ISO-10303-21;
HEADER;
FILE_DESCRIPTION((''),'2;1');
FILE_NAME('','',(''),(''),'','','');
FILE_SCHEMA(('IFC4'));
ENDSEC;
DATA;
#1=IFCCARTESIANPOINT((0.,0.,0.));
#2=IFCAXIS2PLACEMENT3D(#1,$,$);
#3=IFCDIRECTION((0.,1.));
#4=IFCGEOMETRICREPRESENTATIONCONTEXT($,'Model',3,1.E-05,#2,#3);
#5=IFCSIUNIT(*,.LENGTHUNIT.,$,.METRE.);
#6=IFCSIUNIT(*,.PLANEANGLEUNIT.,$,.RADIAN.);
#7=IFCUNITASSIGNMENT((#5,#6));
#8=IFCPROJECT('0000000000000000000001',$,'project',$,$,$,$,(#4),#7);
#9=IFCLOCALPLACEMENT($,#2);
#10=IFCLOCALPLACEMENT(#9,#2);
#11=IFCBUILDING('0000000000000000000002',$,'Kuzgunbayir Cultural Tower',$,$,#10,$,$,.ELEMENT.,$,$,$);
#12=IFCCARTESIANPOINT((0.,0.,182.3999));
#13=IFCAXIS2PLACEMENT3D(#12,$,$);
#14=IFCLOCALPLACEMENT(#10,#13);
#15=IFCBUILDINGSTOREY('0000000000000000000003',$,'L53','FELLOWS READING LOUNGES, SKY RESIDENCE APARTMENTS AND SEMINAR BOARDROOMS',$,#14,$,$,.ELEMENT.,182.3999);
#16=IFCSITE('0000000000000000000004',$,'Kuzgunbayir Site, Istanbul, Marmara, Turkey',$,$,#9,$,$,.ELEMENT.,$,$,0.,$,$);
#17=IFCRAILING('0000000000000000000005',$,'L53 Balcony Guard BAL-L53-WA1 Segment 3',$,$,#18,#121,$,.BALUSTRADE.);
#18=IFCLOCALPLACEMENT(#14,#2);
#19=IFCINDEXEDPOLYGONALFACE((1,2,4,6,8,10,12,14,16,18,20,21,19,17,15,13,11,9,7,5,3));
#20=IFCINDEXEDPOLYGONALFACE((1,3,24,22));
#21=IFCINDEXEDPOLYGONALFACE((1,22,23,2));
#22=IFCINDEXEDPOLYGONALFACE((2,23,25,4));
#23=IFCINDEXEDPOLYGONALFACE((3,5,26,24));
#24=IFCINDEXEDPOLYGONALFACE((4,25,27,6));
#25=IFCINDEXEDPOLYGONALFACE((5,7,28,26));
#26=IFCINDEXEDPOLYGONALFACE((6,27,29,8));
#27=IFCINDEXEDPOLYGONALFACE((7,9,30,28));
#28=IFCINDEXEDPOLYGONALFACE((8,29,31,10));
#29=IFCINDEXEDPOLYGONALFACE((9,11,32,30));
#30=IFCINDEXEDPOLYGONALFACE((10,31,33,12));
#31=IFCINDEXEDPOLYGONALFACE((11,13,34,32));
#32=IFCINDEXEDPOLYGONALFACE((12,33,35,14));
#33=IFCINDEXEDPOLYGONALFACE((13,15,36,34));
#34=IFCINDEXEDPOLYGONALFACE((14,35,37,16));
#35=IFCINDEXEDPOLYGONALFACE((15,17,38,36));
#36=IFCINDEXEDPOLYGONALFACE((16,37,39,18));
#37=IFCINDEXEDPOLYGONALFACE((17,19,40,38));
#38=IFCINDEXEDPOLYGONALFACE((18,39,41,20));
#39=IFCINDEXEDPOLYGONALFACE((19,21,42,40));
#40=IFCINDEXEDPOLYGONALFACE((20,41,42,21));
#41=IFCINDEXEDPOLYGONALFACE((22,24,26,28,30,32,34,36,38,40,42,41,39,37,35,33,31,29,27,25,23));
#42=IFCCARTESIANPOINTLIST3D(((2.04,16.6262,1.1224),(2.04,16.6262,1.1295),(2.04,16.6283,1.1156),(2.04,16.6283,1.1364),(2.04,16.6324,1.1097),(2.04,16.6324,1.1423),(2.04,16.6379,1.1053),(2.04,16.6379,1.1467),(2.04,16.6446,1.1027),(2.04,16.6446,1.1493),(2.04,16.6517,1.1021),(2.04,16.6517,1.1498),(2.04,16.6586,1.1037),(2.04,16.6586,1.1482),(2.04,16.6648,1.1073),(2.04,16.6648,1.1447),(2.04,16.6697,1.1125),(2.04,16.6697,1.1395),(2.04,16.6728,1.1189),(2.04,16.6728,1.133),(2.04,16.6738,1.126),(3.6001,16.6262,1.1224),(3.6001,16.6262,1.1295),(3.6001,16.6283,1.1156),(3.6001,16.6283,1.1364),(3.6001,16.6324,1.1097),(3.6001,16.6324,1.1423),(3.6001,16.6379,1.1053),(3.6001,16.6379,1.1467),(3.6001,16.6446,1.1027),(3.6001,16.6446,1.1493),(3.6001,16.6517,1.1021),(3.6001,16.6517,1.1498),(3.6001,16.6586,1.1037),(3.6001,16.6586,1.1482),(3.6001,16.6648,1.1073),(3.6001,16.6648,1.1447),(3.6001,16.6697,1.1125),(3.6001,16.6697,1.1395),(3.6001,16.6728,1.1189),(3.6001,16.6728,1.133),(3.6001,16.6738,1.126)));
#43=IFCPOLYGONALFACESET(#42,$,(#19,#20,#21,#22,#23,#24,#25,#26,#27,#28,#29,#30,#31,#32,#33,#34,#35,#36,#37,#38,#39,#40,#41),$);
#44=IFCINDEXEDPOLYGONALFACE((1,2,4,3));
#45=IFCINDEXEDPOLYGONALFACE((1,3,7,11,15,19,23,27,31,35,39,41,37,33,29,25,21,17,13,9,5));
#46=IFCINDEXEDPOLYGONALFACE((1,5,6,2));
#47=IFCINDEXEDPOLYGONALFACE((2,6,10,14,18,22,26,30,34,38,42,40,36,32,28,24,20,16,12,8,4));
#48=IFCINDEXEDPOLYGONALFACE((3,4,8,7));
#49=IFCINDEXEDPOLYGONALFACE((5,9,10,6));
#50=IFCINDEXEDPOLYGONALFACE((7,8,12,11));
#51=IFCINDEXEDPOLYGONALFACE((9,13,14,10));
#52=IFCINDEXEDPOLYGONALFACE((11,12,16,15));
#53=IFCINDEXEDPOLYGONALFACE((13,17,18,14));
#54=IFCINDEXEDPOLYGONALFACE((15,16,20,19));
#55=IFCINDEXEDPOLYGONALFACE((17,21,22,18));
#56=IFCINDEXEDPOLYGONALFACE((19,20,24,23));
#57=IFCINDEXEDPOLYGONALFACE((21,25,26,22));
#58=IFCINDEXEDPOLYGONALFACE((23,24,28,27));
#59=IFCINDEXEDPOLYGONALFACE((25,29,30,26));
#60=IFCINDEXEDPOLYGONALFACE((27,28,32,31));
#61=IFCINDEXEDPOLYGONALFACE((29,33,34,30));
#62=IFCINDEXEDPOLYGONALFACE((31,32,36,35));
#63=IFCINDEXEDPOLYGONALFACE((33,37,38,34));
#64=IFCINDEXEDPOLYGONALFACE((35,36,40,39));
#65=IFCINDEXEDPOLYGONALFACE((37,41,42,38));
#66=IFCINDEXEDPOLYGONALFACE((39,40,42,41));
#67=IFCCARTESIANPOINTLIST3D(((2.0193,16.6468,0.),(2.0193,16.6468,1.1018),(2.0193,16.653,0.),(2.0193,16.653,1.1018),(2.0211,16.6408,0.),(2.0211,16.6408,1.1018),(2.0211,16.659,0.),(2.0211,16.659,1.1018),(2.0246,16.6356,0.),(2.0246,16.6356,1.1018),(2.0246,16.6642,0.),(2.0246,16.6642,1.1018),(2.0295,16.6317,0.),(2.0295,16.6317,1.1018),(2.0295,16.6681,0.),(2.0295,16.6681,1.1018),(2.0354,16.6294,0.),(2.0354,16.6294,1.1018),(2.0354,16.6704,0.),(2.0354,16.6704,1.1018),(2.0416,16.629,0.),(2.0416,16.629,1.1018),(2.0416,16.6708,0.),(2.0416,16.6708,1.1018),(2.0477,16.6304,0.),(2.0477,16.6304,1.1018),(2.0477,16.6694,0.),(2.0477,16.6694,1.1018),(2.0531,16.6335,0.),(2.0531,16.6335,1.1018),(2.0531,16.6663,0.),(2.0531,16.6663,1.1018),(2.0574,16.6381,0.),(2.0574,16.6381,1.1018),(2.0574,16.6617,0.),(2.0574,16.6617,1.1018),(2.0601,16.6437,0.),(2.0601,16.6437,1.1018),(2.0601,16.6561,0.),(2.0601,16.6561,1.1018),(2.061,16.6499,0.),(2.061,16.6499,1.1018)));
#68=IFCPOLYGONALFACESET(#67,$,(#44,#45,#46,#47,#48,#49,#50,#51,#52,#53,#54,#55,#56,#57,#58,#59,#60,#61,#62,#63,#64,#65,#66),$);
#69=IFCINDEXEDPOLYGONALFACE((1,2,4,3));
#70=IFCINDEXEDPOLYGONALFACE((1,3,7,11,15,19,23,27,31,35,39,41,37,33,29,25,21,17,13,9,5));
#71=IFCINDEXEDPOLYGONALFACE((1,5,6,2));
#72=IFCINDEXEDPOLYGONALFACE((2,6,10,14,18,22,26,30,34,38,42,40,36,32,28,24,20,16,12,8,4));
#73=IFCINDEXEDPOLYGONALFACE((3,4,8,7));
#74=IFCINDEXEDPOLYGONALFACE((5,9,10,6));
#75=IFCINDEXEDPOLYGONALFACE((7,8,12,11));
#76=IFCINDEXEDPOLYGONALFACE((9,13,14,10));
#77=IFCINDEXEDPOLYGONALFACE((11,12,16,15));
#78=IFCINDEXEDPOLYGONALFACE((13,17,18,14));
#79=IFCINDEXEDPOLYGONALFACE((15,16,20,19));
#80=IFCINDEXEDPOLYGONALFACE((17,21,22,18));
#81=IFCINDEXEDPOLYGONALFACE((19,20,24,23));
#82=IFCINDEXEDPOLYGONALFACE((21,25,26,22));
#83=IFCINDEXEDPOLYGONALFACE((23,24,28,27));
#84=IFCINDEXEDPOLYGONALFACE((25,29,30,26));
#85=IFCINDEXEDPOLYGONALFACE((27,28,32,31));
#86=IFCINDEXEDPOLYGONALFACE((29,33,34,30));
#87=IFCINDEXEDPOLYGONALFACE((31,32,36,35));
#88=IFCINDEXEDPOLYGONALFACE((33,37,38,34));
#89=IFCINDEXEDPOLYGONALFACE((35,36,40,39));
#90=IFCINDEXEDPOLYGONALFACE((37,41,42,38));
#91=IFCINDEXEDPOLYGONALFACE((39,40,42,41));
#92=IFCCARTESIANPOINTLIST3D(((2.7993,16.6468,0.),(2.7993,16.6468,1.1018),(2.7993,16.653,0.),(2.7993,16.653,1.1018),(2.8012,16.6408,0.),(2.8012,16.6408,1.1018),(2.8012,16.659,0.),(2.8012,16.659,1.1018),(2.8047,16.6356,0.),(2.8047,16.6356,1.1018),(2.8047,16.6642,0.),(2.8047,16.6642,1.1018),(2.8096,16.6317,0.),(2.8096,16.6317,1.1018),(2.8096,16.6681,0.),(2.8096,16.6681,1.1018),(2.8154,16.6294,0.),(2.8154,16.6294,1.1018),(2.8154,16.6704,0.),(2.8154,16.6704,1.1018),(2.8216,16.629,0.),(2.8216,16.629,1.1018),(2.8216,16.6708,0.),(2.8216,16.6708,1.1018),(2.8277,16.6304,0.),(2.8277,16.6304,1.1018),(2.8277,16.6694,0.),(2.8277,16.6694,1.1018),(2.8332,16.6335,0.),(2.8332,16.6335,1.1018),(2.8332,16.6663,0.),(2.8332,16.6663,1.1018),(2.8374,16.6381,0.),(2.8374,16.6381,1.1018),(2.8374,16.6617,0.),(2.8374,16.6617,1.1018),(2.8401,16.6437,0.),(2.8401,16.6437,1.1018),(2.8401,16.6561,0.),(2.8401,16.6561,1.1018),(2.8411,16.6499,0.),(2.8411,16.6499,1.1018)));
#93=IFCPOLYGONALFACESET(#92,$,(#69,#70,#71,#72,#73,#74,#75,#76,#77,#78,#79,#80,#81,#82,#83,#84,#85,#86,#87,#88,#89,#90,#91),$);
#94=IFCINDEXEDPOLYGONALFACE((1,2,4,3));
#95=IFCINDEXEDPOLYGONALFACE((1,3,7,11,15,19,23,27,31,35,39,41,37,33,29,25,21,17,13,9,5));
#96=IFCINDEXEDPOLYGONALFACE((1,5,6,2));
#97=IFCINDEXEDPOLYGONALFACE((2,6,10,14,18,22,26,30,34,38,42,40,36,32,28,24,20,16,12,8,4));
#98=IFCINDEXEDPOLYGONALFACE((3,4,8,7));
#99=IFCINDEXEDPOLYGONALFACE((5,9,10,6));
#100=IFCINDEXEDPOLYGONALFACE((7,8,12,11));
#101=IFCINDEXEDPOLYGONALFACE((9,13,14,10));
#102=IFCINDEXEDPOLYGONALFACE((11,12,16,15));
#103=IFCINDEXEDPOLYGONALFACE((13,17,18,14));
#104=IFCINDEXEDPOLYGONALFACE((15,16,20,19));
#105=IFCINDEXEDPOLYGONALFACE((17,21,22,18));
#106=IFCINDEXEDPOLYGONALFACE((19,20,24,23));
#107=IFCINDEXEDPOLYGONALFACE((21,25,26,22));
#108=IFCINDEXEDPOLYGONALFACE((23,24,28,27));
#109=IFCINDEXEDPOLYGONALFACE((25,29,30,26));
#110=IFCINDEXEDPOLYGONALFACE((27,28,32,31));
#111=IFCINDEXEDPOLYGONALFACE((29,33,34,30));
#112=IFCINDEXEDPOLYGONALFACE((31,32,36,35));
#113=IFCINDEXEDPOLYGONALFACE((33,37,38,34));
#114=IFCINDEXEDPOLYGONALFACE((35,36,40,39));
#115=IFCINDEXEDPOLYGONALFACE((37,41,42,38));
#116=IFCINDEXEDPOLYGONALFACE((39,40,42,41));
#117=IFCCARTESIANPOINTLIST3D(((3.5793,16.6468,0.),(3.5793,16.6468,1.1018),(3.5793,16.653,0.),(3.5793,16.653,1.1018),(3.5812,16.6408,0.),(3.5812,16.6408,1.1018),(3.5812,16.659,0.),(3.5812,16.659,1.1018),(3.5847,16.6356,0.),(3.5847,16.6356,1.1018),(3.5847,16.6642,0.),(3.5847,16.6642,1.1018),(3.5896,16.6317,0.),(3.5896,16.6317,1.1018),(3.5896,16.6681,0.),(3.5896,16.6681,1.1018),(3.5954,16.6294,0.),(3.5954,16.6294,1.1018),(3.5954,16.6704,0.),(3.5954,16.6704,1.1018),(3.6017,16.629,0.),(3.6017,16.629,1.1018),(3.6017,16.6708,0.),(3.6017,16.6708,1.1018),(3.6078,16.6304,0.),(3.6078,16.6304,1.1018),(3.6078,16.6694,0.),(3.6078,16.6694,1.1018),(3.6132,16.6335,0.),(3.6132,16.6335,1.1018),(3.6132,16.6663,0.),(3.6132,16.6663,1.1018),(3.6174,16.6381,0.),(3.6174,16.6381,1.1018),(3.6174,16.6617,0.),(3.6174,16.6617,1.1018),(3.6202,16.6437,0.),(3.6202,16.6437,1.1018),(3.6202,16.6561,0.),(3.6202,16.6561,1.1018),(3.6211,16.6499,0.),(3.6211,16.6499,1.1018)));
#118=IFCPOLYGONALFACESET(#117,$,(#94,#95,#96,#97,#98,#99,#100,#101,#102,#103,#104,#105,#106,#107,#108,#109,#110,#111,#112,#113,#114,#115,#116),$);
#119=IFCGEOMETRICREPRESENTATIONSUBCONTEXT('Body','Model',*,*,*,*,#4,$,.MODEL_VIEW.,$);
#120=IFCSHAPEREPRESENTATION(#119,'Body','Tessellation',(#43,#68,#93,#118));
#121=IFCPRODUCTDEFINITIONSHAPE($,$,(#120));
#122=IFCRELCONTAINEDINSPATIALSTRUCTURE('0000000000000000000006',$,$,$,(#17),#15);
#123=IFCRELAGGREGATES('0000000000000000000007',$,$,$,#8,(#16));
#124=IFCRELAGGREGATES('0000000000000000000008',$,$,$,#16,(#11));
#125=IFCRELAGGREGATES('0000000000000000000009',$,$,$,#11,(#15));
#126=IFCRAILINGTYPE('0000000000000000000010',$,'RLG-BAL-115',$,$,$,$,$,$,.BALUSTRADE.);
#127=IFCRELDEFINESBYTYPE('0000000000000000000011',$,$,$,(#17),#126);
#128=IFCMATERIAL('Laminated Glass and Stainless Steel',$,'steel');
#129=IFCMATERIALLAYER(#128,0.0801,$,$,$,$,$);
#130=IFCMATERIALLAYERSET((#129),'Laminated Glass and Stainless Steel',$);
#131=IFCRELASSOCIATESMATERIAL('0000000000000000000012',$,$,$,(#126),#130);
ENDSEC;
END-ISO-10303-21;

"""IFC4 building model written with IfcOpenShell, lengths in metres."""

from ifc_helpers import new_model, si_unit, direction, frame, origin, origin_2d, place, context, subcontext, project, spatial, circle, extrude, material, layer, layer_set, type_object, element, save


model = new_model("IFC4")

# Units and contexts
model_context = context("Model", 3, precision=1e-05, world=origin(), true_north=direction((0.0, 1.0)))
body_context = subcontext(model_context, "Body", "Model", "MODEL_VIEW")
ifc_project = project(units=[si_unit("LENGTHUNIT", "METRE"), si_unit("PLANEANGLEUNIT", "RADIAN")], contexts=[model_context])

# Site, building, storey
site_placement = place(None, origin())
site = spatial("IfcSite", under=ifc_project, at=site_placement, Name="Kuzgunbayir Site, Istanbul, Marmara, Turkey", CompositionType="ELEMENT", RefElevation=0.0)
building_placement = place(site_placement, origin())
building = spatial("IfcBuilding", under=site, at=building_placement, Name="Kuzgunbayir Cultural Tower", CompositionType="ELEMENT")
storey_placement = place(building_placement, frame((0.0, 0.0, 182.3999)))
storey = spatial("IfcBuildingStorey", under=building, at=storey_placement, Name="L53", Description="FELLOWS READING LOUNGES, SKY RESIDENCE APARTMENTS AND SEMINAR BOARDROOMS", CompositionType="ELEMENT", Elevation=182.3999)

# Railing
ifc_material_1 = material(Name="Laminated Glass and Stainless Steel", Category="steel")
ifc_layer_1 = layer(ifc_material_1, 0.0801)
ifc_layer_set_1 = layer_set([ifc_layer_1], Name="Laminated Glass and Stainless Steel")
railing_type = type_object("IfcRailingType", Name="RLG-BAL-115", PredefinedType="BALUSTRADE", material=ifc_layer_set_1)
railing_1_placement = place(storey_placement, frame((2.04, 16.6499, 0.0)))
element("IfcRailing", 1, at=railing_1_placement, inside=storey, type_object=railing_type, Name="L53 Balcony Guard BAL-L53-WA1 Segment 3", PredefinedType="BALUSTRADE", context=body_context, shape_type="SweptSolid", body=[
    extrude(circle(Radius=0.0239, at=origin_2d()), frame((0.0, 0.0, 1.126), z_axis=(1.0, 0.0, 0.0), x_axis=(0.0, 1.0, 0.0)), (0.0, 0.0, 1.0), 1.5601),
    extrude(circle(Radius=0.021, at=origin_2d()), origin(), (0.0, 0.0, 1.0), 1.1018),
    extrude(circle(Radius=0.021, at=origin_2d()), frame((0.78, 0.0, 0.0)), (0.0, 0.0, 1.0), 1.1018),
    extrude(circle(Radius=0.021, at=origin_2d()), frame((1.5601, 0.0, 0.0)), (0.0, 0.0, 1.0), 1.1018),
])

save(model, "model.ifc")
